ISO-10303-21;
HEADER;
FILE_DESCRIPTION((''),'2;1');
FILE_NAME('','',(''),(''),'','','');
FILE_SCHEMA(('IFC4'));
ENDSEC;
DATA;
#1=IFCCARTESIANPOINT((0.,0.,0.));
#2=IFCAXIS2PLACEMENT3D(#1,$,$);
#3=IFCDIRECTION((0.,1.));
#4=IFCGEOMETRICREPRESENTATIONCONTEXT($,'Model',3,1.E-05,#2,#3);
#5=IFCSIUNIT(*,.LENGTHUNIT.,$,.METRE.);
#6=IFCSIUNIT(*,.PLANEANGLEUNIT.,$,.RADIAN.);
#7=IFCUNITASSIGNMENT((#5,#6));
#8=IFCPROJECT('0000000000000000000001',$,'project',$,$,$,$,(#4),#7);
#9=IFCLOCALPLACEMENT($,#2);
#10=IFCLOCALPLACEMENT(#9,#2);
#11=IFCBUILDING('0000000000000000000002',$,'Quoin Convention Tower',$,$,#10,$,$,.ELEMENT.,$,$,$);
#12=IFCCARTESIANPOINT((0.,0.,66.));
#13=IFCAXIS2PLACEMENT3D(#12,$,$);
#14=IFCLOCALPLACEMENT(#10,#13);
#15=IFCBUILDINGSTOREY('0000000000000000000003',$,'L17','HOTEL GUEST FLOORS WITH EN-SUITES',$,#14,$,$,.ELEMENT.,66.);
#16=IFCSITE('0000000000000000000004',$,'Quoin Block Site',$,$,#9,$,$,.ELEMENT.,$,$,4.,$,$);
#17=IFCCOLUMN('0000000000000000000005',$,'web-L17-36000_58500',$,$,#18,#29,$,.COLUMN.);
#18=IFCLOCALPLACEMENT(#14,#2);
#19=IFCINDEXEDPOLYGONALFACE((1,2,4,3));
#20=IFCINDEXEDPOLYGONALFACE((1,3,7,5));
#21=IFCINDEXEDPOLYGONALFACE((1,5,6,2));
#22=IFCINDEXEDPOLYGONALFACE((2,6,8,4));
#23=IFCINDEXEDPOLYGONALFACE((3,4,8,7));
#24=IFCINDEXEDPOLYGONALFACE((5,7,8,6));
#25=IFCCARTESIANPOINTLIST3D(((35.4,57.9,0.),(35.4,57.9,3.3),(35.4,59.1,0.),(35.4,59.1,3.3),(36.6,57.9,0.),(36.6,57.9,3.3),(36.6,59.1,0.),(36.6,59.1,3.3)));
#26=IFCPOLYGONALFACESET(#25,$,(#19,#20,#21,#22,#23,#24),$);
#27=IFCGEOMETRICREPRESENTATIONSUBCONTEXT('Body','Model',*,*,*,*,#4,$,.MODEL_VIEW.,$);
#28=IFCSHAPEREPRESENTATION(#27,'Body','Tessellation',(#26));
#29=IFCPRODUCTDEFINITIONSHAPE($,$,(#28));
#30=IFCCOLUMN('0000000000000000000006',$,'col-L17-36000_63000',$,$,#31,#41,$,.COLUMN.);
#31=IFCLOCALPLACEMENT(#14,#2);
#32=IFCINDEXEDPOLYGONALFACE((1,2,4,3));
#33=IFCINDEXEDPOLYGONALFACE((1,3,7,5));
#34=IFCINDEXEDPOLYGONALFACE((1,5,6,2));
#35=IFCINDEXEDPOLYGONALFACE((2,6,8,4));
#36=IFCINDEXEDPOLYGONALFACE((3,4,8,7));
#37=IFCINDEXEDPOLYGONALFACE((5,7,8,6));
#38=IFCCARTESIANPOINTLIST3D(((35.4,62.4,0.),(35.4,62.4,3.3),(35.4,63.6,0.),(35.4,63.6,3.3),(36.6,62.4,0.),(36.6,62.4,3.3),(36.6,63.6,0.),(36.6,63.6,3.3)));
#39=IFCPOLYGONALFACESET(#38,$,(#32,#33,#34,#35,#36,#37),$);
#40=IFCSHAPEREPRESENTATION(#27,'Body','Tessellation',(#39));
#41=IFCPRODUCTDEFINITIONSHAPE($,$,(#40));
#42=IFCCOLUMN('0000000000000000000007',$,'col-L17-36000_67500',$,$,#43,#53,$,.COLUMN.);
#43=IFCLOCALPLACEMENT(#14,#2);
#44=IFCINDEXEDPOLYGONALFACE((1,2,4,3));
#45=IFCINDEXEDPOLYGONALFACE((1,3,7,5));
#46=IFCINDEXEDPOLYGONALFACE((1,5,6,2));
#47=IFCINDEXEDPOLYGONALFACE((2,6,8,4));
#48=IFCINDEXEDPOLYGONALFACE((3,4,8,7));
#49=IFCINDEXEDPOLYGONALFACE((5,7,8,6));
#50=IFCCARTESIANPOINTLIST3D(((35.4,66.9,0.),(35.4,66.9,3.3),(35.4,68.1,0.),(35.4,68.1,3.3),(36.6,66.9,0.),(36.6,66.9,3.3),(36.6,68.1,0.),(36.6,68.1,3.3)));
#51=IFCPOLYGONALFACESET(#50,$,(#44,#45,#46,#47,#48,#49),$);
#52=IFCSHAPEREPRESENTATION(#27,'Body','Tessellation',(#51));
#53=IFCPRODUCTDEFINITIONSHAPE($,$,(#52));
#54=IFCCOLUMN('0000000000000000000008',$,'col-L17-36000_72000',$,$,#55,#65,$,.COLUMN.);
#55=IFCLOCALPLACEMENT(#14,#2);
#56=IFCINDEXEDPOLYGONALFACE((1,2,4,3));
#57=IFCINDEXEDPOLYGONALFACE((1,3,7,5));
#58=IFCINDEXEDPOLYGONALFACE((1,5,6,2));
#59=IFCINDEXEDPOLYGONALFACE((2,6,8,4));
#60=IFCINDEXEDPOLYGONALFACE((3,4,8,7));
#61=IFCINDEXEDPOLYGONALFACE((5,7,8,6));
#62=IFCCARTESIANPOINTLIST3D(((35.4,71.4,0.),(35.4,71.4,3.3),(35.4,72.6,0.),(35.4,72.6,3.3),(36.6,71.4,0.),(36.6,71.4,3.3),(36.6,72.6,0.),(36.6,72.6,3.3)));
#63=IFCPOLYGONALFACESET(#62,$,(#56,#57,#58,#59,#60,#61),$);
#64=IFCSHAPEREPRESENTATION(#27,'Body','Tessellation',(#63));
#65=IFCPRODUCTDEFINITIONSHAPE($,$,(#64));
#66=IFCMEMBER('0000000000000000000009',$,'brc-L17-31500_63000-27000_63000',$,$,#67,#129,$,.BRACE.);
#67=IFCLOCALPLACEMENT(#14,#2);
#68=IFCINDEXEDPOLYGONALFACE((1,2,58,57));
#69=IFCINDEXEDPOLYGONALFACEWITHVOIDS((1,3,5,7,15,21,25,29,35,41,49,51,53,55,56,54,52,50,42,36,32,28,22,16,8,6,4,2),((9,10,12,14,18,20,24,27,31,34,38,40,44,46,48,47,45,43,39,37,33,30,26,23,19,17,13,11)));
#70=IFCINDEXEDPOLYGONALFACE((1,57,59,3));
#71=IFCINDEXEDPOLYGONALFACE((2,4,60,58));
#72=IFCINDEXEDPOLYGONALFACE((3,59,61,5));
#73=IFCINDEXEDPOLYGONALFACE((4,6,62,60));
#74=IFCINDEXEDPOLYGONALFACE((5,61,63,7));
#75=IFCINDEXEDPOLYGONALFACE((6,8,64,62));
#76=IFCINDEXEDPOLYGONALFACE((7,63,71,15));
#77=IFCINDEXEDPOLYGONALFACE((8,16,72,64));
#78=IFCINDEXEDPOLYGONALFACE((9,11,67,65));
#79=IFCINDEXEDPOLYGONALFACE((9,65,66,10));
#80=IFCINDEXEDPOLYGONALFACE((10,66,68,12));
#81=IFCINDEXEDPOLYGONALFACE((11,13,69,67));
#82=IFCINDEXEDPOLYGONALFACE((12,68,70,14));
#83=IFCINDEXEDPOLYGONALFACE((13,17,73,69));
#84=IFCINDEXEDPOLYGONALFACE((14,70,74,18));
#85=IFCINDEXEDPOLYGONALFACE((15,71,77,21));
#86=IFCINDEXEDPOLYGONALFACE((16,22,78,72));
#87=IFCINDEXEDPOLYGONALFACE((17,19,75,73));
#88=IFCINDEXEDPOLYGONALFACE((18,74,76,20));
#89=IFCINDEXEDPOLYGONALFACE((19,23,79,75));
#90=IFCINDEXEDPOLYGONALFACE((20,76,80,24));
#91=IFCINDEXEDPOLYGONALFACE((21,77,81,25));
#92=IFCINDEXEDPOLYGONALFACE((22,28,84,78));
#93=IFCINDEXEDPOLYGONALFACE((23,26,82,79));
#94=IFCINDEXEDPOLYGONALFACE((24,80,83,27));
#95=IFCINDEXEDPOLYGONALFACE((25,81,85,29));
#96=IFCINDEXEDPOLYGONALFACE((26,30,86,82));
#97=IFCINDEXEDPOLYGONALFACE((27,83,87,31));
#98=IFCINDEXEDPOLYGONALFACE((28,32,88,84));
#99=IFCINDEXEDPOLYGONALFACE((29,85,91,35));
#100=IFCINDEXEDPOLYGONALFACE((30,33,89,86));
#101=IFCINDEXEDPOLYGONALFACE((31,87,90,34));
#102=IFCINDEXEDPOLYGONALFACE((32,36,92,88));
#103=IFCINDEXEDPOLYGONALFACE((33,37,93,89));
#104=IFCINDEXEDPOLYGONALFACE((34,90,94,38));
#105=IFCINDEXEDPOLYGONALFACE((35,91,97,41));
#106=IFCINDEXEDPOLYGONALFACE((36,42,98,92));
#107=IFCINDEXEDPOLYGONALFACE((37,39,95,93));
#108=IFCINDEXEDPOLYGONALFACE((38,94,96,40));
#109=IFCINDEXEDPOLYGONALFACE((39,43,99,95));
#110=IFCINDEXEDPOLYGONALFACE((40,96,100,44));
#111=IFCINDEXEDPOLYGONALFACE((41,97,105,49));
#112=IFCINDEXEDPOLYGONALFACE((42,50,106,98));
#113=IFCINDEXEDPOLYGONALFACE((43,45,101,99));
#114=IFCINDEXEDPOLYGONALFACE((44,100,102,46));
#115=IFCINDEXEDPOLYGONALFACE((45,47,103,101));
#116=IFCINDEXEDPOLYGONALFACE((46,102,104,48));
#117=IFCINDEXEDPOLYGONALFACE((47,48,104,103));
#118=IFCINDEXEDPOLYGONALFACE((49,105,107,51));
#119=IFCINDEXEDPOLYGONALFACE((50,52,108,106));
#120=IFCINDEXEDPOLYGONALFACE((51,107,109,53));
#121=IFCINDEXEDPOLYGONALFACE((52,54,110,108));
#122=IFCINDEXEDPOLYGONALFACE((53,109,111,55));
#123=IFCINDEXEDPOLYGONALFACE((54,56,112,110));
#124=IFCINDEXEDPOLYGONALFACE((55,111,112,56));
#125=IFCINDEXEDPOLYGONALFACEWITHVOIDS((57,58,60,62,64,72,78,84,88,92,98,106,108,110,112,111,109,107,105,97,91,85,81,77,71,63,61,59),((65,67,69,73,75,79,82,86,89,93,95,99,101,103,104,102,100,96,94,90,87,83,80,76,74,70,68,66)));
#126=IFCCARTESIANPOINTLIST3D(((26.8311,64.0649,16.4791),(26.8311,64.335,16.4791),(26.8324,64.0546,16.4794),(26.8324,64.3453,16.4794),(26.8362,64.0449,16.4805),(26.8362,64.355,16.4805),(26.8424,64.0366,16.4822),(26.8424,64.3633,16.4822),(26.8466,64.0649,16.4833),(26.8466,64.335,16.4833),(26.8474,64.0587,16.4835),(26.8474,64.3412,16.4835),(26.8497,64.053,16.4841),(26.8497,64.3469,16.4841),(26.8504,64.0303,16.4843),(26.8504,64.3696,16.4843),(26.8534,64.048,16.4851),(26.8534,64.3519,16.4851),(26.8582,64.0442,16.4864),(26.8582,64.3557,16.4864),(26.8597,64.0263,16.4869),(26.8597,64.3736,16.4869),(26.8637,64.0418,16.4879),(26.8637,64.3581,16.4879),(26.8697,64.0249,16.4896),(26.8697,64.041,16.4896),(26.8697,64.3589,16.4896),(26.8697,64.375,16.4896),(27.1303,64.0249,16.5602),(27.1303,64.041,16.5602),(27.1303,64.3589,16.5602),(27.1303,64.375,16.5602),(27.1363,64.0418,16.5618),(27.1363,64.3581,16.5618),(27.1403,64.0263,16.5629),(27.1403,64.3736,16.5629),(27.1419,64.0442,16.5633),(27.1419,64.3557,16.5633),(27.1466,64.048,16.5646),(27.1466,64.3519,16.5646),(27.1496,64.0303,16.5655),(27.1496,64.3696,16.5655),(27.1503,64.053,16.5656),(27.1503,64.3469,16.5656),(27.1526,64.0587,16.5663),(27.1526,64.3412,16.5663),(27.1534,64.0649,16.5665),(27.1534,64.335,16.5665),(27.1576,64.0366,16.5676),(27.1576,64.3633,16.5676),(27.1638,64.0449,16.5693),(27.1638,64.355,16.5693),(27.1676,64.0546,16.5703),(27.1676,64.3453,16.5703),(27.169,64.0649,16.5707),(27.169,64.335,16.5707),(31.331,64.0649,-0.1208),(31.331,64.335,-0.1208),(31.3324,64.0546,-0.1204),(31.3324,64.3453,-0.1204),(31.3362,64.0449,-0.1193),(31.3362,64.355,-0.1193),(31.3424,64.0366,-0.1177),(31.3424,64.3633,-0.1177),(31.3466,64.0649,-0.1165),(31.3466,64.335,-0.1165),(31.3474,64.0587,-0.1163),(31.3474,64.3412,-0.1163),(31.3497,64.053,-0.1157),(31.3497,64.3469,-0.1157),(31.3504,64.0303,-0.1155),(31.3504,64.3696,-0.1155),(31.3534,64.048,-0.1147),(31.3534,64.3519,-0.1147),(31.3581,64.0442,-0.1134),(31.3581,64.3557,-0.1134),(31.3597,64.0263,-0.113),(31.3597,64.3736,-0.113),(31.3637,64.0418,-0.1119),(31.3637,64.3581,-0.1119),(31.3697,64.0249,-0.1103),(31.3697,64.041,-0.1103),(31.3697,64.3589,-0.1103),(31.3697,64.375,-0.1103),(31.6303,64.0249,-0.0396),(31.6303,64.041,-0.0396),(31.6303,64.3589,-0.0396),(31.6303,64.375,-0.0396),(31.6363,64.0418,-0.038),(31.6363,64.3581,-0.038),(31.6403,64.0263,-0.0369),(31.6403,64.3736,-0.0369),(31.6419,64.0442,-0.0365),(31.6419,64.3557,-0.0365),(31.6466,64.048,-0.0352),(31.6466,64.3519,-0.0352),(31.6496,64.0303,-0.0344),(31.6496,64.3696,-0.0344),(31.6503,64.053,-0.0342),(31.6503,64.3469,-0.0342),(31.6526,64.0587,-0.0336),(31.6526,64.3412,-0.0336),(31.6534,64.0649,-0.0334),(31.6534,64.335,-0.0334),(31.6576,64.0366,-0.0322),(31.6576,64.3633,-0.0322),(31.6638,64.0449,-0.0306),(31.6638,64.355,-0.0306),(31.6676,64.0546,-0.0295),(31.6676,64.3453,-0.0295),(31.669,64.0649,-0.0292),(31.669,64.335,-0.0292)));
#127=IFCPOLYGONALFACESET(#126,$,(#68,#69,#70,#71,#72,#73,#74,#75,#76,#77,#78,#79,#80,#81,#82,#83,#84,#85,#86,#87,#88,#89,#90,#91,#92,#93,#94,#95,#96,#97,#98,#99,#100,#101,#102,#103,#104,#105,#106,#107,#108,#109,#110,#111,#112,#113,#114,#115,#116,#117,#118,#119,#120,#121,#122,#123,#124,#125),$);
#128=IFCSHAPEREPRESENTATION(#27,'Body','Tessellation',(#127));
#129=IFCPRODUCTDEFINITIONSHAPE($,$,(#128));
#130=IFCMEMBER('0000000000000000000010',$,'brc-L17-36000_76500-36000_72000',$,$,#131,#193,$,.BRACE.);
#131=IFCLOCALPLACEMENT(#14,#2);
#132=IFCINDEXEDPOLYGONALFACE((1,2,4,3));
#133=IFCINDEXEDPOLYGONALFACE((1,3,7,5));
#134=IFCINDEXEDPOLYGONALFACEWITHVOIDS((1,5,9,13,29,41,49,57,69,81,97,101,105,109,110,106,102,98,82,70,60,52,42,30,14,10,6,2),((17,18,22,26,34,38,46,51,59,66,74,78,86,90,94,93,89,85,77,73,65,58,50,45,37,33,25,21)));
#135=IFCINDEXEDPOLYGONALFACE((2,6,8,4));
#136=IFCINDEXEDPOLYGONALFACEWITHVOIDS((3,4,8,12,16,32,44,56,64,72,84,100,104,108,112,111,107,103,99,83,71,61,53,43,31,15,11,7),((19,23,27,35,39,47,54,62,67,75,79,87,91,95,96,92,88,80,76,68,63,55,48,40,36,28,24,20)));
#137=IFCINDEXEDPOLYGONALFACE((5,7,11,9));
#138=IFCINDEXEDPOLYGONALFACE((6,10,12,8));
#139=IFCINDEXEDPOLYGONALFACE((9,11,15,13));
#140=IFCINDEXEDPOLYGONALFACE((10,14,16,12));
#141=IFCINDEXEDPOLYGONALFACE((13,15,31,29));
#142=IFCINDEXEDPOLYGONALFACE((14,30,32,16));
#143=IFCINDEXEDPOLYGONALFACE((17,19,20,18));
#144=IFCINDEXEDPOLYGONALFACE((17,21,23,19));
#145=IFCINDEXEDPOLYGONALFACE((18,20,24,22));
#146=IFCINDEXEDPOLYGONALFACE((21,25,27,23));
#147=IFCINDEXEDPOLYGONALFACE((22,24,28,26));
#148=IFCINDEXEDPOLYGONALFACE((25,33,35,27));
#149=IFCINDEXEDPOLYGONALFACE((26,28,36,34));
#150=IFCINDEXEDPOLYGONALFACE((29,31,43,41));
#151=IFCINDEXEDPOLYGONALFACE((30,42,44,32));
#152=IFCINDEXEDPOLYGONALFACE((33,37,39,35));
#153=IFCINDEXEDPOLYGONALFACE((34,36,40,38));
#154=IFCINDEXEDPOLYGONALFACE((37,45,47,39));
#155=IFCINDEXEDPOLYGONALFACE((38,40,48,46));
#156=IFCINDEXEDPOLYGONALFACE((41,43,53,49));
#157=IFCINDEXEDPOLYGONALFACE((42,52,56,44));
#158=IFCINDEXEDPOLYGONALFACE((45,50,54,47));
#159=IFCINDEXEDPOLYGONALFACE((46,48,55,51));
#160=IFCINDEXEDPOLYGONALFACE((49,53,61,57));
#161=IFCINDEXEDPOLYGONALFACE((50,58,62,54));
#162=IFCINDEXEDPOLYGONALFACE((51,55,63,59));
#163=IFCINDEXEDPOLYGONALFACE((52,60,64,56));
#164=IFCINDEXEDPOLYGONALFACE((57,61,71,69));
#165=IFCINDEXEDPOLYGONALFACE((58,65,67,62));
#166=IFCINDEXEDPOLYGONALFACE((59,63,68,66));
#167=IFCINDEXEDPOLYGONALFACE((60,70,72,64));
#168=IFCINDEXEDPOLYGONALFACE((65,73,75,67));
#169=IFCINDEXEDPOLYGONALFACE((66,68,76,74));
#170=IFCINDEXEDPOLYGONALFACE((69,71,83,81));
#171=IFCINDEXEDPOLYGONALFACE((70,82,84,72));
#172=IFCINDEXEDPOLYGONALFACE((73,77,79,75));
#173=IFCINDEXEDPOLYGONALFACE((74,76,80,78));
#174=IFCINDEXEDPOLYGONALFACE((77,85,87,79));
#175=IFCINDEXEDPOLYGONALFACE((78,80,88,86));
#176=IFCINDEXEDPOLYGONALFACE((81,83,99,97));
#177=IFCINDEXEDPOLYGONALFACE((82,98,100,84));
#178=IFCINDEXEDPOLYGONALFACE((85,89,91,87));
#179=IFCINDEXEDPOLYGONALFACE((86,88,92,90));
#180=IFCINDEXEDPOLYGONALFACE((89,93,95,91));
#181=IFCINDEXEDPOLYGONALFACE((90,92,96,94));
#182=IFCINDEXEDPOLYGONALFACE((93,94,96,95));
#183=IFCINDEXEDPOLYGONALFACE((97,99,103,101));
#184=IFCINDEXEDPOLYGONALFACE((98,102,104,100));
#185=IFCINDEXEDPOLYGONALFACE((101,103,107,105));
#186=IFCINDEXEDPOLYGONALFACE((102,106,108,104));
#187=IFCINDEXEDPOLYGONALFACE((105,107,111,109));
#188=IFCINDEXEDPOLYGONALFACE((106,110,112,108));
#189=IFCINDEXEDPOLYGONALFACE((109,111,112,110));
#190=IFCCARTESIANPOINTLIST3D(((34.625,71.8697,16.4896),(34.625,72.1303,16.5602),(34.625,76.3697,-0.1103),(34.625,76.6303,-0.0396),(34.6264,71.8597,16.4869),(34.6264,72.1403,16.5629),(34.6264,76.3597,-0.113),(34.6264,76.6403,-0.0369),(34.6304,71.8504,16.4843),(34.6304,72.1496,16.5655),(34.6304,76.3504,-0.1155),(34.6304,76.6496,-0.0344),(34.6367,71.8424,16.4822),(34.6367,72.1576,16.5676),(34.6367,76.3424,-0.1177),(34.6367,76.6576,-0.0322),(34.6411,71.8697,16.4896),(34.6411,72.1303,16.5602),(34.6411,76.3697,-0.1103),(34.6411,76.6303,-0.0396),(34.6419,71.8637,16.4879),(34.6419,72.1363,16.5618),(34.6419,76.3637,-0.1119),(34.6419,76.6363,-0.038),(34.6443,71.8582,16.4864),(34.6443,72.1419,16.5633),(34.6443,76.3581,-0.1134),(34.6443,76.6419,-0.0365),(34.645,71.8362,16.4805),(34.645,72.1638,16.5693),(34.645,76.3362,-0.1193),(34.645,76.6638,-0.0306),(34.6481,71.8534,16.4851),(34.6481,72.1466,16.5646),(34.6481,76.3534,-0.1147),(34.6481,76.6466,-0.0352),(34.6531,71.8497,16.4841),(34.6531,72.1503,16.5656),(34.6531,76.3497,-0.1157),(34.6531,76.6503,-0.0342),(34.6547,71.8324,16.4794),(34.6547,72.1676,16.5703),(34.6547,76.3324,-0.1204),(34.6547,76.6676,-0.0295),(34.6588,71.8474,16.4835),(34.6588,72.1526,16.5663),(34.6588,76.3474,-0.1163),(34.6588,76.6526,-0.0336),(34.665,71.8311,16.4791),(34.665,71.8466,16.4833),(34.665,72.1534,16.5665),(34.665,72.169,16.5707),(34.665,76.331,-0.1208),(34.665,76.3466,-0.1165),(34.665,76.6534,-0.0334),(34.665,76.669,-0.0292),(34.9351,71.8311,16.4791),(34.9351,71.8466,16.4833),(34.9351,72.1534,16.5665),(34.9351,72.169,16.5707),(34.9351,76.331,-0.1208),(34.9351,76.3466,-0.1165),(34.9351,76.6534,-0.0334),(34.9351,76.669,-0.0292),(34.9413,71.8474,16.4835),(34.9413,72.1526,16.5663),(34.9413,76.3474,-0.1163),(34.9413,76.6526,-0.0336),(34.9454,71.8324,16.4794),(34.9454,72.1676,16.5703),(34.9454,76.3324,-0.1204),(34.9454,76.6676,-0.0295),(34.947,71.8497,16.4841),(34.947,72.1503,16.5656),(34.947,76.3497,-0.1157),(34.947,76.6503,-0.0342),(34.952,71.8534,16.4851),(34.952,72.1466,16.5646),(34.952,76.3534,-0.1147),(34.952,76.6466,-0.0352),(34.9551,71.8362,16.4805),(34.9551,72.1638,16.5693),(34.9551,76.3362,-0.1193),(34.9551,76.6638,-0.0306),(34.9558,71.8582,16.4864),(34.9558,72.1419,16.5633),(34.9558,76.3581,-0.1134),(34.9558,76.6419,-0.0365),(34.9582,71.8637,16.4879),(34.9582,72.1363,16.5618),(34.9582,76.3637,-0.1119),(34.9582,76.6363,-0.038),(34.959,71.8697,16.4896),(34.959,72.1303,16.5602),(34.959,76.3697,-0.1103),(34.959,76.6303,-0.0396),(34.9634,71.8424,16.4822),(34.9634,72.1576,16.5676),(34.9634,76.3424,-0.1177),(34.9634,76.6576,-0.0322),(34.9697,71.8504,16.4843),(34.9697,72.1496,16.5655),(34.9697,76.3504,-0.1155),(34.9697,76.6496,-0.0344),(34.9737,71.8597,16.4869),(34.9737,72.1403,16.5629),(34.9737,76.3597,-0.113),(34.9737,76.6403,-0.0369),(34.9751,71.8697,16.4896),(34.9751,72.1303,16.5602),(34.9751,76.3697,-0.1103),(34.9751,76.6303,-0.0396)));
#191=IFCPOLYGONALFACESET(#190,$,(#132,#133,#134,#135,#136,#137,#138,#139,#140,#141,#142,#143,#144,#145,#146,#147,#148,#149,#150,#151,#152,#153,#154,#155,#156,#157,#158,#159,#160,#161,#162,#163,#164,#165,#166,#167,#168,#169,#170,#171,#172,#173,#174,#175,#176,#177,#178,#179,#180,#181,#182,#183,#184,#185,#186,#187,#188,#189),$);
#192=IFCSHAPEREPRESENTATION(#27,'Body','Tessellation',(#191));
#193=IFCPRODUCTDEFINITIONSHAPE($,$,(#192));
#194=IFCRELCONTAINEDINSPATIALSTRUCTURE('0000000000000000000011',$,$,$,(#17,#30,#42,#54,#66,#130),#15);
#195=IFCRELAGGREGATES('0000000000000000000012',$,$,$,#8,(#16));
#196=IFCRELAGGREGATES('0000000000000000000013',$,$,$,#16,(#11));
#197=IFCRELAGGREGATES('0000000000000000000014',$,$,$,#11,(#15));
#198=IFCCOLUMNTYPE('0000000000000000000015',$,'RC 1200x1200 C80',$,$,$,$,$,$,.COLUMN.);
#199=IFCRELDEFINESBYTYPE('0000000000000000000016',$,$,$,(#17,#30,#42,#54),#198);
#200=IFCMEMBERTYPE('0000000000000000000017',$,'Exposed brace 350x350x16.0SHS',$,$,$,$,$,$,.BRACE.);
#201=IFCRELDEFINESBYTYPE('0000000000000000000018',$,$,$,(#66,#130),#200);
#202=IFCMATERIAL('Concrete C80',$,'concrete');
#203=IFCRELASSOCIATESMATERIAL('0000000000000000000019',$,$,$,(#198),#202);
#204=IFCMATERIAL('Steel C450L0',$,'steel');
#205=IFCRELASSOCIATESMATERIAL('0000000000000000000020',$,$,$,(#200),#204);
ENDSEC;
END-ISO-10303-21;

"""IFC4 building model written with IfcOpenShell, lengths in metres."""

from ifc_helpers import new_model, si_unit, direction, frame, origin, origin_2d, place, context, subcontext, project, spatial, rectangle, hollow_rectangle, extrude, material, material_profile, profile_set, type_object, element, save


model = new_model("IFC4")

# Units and contexts
model_context = context("Model", 3, precision=1e-05, world=origin(), true_north=direction((0.0, 1.0)))
body_context = subcontext(model_context, "Body", "Model", "MODEL_VIEW")
ifc_project = project(units=[si_unit("LENGTHUNIT", "METRE"), si_unit("PLANEANGLEUNIT", "RADIAN")], contexts=[model_context])

# Site, building, storey
site_placement = place(None, origin())
site = spatial("IfcSite", under=ifc_project, at=site_placement, Name="Quoin Block Site", CompositionType="ELEMENT", RefElevation=4.0)
building_placement = place(site_placement, origin())
building = spatial("IfcBuilding", under=site, at=building_placement, Name="Quoin Convention Tower", CompositionType="ELEMENT")
storey_placement = place(building_placement, frame((0.0, 0.0, 66.0)))
storey = spatial("IfcBuildingStorey", under=building, at=storey_placement, Name="L17", Description="HOTEL GUEST FLOORS WITH EN-SUITES", CompositionType="ELEMENT", Elevation=66.0)

# Columns
ifc_material_1 = material(Name="Concrete C80", Category="concrete")
ifc_material_profile_1 = material_profile(ifc_material_1, rectangle(XDim=1.2, YDim=1.2, at=origin_2d()), Name="RC 1200x1200")
ifc_profile_set_1 = profile_set([ifc_material_profile_1], Name="Concrete C80")
column_type = type_object("IfcColumnType", Name="RC 1200x1200 C80", PredefinedType="COLUMN", material=ifc_profile_set_1)
for number, where, z_axis, x_axis, name in (
    (1, (36.0, 58.5, 0.0), (0.0, 0.0, 1.0), (1.0, 0.0, 0.0), "web-L17-36000_58500"),
    (2, (36.0, 63.0, 0.0), (0.0, 0.0, 1.0), (1.0, 0.0, 0.0), "col-L17-36000_63000"),
    (3, (36.0, 67.5, 0.0), (0.0, 0.0, 1.0), (1.0, 0.0, 0.0), "col-L17-36000_67500"),
    (4, (36.0, 72.0, 0.0), (0.0, 0.0, 1.0), (1.0, 0.0, 0.0), "col-L17-36000_72000"),
):
    element("IfcColumn", number, at=place(storey_placement, frame(where, z_axis=z_axis, x_axis=x_axis)), inside=storey, type_object=column_type, Name=name, PredefinedType="COLUMN", context=body_context, shape_type="SweptSolid", body=[
        extrude(rectangle(XDim=1.2, YDim=1.2, at=origin_2d()), origin(), (0.0, 0.0, 1.0), 3.3),
    ])

# Members
ifc_material_2 = material(Name="Steel C450L0", Category="steel")
ifc_material_profile_2 = material_profile(ifc_material_2, hollow_rectangle(XDim=0.3501, YDim=0.3501, WallThickness=0.0161, InnerFilletRadius=0.0239, OuterFilletRadius=0.04, at=origin_2d()), Name="350x350x16.0SHS")
ifc_profile_set_2 = profile_set([ifc_material_profile_2], Name="Steel C450L0")
member_type = type_object("IfcMemberType", Name="Exposed brace 350x350x16.0SHS", PredefinedType="BRACE", material=ifc_profile_set_2)
for number, where, z_axis, x_axis, name in (
    (5, (31.5, 64.2, -0.075), (-0.261643, 0.0, 0.965165), (0.0, -1.0, 0.0), "brc-L17-31500_63000-27000_63000"),
    (6, (34.8, 76.5, -0.075), (0.0, -0.261643, 0.965165), (1.0, 0.0, 0.0), "brc-L17-36000_76500-36000_72000"),
):
    element("IfcMember", number, at=place(storey_placement, frame(where, z_axis=z_axis, x_axis=x_axis)), inside=storey, type_object=member_type, Name=name, PredefinedType="BRACE", context=body_context, shape_type="SweptSolid", body=[
        extrude(hollow_rectangle(XDim=0.3501, YDim=0.3501, WallThickness=0.0161, InnerFilletRadius=0.0239, OuterFilletRadius=0.04, at=origin_2d()), origin(), (0.0, 0.0, 1.0), 17.199),
    ])

save(model, "model.ifc")
